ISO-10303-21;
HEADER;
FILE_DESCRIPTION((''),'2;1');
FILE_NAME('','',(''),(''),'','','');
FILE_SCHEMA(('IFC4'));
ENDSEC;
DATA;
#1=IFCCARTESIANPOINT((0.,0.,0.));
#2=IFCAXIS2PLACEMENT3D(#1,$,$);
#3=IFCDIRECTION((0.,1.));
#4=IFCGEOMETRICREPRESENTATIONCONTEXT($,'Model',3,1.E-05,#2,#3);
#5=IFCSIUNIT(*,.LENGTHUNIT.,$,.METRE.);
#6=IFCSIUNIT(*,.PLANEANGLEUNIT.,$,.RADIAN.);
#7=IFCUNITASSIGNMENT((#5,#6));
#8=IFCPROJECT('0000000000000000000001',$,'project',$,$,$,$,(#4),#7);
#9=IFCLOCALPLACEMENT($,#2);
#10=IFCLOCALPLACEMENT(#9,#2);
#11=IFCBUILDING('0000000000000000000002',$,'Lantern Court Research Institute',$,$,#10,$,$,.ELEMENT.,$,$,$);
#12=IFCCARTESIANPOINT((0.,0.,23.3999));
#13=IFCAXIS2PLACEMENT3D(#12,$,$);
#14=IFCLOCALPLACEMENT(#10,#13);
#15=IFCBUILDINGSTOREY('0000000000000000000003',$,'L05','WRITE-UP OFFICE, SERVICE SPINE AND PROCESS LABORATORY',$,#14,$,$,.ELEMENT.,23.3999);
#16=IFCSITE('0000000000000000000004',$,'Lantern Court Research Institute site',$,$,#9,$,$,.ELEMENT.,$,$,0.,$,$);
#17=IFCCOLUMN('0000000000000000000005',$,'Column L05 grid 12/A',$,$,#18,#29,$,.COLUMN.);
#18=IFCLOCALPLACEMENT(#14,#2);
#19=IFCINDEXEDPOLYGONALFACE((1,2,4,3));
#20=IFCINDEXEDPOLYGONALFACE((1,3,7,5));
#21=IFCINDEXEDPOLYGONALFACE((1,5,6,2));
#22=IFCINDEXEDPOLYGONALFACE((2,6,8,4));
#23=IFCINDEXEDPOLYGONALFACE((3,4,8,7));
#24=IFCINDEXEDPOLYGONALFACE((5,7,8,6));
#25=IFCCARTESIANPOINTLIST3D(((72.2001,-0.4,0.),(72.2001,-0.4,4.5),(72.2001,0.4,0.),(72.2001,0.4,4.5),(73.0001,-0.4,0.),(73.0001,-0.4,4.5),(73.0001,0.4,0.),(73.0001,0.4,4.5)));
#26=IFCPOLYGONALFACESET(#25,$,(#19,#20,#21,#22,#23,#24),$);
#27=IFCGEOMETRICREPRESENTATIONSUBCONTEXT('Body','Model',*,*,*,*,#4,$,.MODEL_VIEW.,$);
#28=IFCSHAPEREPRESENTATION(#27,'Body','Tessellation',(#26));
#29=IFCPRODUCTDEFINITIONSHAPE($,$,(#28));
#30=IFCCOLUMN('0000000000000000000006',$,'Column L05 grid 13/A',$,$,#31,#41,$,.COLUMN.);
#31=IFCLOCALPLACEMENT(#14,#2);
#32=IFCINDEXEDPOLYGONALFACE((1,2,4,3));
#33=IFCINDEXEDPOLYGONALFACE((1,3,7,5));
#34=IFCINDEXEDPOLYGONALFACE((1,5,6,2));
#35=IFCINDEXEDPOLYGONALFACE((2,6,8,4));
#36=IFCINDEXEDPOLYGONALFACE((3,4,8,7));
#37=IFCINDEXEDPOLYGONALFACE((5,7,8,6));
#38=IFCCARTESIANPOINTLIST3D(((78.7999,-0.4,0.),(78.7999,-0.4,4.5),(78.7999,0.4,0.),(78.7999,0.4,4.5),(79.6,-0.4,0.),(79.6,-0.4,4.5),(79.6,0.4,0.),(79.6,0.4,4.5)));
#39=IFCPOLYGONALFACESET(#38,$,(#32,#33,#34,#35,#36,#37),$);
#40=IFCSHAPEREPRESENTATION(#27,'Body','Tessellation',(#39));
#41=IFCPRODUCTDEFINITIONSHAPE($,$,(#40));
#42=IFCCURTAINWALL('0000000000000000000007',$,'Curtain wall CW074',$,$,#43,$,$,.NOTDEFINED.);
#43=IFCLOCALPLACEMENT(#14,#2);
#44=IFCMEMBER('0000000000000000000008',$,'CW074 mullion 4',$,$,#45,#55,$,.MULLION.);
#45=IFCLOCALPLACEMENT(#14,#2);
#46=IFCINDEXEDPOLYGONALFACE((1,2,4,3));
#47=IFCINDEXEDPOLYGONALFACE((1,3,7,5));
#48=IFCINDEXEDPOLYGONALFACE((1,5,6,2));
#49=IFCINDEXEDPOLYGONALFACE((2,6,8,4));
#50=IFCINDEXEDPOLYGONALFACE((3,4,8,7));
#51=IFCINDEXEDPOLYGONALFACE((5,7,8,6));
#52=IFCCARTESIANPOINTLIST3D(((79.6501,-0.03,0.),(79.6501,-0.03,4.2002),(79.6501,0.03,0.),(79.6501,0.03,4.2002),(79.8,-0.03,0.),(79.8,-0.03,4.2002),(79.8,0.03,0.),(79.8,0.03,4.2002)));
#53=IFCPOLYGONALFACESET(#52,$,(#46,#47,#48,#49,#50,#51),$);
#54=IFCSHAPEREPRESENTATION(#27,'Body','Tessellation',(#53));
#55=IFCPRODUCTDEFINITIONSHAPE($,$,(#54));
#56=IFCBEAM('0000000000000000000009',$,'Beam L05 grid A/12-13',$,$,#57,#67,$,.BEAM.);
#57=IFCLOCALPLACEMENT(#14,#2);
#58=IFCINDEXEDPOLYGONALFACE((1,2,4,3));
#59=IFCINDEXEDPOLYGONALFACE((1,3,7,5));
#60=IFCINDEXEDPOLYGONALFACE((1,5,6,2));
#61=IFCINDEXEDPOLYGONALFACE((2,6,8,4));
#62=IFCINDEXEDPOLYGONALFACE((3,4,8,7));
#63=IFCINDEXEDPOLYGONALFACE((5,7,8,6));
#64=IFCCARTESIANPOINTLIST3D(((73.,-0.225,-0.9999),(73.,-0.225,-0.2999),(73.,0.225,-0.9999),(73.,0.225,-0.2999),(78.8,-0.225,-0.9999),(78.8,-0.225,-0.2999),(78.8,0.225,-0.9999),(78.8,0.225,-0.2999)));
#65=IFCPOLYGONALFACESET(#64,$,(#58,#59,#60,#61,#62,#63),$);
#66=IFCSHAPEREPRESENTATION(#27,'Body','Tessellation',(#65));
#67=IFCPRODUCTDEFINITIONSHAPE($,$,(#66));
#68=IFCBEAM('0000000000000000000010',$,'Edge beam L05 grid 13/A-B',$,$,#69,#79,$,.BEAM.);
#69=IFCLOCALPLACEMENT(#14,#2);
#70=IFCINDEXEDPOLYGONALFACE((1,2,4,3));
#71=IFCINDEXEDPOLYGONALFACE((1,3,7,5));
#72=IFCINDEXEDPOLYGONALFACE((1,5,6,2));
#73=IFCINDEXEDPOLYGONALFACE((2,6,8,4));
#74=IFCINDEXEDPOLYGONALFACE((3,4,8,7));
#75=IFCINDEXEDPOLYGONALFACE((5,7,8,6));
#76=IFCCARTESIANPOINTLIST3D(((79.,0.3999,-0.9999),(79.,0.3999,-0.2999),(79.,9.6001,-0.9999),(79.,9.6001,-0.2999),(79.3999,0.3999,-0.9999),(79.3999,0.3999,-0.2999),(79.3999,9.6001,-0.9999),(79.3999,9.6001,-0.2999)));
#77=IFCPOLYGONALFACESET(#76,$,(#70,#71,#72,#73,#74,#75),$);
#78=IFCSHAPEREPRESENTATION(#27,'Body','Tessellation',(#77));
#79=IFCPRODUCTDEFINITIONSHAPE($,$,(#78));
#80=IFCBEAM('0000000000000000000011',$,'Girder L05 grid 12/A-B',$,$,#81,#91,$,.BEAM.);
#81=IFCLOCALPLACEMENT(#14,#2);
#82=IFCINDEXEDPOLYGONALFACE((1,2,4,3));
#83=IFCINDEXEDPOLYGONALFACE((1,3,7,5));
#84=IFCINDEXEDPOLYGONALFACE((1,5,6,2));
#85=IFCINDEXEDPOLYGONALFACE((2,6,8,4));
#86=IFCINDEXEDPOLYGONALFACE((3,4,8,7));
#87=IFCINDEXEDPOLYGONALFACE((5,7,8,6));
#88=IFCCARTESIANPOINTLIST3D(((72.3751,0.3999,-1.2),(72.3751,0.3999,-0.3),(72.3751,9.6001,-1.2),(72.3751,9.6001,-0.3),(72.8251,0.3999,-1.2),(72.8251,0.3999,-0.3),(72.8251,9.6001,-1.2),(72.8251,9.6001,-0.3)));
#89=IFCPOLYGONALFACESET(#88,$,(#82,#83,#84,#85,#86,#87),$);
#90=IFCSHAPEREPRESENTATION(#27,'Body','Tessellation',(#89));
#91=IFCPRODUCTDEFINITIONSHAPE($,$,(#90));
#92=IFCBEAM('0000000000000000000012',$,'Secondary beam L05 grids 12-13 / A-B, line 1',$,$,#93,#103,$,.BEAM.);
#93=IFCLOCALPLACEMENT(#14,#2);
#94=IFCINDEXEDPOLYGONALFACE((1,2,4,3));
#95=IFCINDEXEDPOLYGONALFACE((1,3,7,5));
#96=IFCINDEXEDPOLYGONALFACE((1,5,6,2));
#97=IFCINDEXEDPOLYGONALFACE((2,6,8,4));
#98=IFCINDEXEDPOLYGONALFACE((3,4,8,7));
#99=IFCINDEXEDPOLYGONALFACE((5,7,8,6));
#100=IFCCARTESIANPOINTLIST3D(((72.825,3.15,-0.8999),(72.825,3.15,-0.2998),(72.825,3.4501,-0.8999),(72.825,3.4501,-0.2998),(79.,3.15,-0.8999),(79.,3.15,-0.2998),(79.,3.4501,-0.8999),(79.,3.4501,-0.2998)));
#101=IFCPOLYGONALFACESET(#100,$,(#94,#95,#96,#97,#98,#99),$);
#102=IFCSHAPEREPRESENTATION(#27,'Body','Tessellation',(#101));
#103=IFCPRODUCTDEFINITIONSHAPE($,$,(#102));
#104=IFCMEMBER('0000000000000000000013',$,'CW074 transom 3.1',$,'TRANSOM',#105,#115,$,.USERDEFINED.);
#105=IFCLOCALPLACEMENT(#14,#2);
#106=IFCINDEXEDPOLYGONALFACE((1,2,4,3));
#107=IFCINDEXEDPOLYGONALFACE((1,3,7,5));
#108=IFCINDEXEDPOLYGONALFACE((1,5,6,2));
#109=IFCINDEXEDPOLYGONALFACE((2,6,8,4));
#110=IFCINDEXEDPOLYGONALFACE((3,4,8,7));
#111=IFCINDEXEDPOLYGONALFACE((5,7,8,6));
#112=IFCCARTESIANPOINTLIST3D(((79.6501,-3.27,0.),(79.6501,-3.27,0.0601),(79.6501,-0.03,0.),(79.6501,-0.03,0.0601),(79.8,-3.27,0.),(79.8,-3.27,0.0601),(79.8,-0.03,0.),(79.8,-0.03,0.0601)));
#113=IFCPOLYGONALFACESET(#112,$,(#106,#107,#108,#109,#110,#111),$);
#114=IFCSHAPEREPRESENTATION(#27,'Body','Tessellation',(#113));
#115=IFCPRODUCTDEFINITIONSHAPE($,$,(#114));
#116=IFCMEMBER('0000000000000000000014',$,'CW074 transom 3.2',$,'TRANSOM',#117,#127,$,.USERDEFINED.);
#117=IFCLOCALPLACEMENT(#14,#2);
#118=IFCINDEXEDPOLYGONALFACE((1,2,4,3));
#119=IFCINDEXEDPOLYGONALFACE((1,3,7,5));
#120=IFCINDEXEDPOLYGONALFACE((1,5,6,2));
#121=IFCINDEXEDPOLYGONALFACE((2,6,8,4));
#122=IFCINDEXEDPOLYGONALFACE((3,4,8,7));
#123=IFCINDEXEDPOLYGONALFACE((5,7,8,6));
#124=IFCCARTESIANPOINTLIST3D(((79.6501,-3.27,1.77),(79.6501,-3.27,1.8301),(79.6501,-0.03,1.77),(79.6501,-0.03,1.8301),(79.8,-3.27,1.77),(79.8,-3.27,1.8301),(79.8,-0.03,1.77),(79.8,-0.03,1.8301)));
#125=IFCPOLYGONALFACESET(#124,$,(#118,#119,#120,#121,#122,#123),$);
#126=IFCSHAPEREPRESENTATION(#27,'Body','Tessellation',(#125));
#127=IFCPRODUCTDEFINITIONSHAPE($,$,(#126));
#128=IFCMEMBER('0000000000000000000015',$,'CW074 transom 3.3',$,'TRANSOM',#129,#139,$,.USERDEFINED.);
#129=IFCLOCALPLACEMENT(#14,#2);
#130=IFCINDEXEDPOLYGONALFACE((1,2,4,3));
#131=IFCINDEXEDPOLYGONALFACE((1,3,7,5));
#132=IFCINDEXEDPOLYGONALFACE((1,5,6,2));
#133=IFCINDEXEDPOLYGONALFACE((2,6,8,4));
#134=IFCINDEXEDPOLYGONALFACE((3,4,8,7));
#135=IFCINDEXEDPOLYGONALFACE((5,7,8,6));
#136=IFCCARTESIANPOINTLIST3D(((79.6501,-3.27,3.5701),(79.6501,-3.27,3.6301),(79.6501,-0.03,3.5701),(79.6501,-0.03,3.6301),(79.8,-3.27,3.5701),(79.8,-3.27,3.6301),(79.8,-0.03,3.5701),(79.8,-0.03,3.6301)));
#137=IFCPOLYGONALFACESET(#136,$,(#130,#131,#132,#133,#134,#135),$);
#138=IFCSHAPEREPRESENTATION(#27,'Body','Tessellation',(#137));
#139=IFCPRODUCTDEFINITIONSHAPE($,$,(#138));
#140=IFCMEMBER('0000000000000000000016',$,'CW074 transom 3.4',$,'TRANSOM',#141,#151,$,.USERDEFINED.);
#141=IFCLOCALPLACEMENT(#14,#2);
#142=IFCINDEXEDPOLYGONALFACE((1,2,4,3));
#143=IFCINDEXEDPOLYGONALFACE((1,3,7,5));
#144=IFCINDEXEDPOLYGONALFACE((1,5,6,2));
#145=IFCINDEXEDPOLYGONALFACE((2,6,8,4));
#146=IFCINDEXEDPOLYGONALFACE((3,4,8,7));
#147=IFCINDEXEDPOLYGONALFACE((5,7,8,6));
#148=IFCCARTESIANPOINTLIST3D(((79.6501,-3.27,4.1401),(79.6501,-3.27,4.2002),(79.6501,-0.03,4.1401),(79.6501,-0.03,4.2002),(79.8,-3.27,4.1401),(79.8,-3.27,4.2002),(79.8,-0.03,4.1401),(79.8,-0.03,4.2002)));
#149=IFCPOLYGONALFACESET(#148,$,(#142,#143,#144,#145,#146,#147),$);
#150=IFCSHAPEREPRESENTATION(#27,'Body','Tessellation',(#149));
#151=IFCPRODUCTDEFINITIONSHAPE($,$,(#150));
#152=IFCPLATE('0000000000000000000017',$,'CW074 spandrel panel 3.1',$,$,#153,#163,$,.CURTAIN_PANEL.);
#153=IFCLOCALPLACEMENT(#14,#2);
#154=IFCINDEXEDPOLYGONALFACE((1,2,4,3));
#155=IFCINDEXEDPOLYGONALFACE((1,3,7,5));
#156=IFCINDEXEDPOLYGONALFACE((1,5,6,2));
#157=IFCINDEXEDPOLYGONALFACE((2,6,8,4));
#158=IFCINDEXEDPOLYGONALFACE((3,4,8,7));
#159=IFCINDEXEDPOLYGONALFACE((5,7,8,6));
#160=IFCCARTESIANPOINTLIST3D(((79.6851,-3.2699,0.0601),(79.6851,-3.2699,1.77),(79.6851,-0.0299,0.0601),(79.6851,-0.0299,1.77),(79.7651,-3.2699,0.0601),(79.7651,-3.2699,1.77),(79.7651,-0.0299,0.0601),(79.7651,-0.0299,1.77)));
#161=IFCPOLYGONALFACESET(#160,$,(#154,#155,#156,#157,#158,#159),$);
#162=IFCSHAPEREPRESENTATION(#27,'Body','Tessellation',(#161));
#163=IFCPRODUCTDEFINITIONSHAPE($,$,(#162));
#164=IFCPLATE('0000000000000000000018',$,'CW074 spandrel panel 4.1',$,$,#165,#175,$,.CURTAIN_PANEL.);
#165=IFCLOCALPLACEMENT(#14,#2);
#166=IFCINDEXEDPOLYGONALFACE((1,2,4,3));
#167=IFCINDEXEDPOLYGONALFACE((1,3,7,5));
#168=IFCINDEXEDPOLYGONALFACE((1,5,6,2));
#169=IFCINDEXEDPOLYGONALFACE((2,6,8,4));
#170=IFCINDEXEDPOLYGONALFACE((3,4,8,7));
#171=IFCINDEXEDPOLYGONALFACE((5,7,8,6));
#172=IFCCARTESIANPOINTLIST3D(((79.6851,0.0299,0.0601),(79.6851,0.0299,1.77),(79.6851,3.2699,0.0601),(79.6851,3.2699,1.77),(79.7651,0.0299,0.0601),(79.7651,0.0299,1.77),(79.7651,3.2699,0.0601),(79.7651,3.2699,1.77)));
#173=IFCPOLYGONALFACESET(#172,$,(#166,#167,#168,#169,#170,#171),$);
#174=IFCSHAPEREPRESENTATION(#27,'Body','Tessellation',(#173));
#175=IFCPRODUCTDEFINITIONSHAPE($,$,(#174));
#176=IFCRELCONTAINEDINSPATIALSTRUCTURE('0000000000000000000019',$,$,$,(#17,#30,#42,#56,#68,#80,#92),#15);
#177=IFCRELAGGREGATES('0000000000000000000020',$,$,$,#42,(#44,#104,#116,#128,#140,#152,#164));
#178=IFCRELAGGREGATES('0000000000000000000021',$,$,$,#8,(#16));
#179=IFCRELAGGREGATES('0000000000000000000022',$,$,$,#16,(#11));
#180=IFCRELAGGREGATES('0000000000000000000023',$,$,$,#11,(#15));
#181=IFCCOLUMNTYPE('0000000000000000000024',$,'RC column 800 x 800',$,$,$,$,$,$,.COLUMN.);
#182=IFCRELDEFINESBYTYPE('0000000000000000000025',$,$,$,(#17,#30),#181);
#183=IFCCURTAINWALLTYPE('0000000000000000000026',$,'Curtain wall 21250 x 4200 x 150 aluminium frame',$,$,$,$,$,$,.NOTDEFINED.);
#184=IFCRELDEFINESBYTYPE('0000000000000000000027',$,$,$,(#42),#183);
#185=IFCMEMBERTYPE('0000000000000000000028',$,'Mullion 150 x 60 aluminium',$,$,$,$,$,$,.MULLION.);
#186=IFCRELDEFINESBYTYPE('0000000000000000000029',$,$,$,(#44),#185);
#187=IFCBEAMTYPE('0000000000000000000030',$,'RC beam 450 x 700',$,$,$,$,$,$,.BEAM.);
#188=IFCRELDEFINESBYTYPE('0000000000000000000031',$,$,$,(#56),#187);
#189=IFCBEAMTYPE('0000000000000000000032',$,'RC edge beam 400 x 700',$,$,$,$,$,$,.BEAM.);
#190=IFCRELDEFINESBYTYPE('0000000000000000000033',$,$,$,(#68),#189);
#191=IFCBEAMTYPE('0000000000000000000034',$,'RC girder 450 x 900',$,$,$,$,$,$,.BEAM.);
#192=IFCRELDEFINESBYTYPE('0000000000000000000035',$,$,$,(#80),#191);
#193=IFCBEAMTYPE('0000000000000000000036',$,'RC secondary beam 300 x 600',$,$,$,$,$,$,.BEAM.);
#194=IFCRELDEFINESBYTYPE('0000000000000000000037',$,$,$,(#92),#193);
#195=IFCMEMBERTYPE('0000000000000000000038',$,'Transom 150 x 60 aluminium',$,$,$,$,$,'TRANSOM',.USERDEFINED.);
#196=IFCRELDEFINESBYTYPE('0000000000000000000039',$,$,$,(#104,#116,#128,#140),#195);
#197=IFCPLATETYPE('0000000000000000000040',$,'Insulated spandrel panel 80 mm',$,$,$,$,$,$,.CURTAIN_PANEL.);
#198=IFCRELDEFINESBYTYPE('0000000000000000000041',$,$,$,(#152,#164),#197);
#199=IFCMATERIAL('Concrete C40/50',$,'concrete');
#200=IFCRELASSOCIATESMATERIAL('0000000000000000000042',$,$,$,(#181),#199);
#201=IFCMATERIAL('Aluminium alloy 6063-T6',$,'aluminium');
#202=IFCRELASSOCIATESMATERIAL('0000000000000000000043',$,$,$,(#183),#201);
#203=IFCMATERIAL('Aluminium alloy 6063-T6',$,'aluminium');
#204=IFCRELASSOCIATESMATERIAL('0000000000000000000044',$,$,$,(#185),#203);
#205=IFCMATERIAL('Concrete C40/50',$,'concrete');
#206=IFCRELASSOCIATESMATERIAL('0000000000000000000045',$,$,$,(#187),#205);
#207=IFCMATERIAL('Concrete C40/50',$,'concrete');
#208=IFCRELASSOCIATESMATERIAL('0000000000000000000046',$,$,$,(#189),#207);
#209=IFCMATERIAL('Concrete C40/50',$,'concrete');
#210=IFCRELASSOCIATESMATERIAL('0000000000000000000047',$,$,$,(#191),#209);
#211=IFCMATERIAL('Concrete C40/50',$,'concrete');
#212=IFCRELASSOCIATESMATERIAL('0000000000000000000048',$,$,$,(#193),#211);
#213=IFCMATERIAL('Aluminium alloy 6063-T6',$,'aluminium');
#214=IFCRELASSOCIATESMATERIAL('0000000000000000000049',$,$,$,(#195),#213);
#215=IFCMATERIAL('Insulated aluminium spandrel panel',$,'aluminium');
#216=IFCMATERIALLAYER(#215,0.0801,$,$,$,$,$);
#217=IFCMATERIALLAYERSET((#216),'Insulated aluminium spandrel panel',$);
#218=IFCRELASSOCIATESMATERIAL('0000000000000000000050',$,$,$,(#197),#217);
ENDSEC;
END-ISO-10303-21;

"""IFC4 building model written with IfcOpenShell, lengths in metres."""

from ifc_helpers import new_model, si_unit, direction, frame, origin, origin_2d, place, context, subcontext, project, spatial, rectangle, extrude, material, layer, layer_set, material_profile, profile_set, type_object, element, aggregate, save


model = new_model("IFC4")

# Units and contexts
model_context = context("Model", 3, precision=1e-05, world=origin(), true_north=direction((0.0, 1.0)))
body_context = subcontext(model_context, "Body", "Model", "MODEL_VIEW")
ifc_project = project(units=[si_unit("LENGTHUNIT", "METRE"), si_unit("PLANEANGLEUNIT", "RADIAN")], contexts=[model_context])

# Site, building, storey
site_placement = place(None, origin())
site = spatial("IfcSite", under=ifc_project, at=site_placement, Name="Lantern Court Research Institute site", CompositionType="ELEMENT", RefElevation=0.0)
building_placement = place(site_placement, origin())
building = spatial("IfcBuilding", under=site, at=building_placement, Name="Lantern Court Research Institute", CompositionType="ELEMENT")
storey_placement = place(building_placement, frame((0.0, 0.0, 23.3999)))
storey = spatial("IfcBuildingStorey", under=building, at=storey_placement, Name="L05", Description="WRITE-UP OFFICE, SERVICE SPINE AND PROCESS LABORATORY", CompositionType="ELEMENT", Elevation=23.3999)

# Columns
ifc_material_1 = material(Name="Concrete C40/50", Category="concrete")
ifc_material_profile_1 = material_profile(ifc_material_1, rectangle(XDim=0.8, YDim=0.8, at=origin_2d()), Name="RC column 800 x 800")
ifc_profile_set_1 = profile_set([ifc_material_profile_1], Name="Concrete C40/50")
column_type = type_object("IfcColumnType", Name="RC column 800 x 800", PredefinedType="COLUMN", material=ifc_profile_set_1)
for number, where, z_axis, x_axis, name in (
    (1, (72.6001, 0.0, 0.0), (0.0, 0.0, 1.0), (1.0, 0.0, 0.0), "Column L05 grid 12/A"),
    (2, (79.2, 0.0, 0.0), (0.0, 0.0, 1.0), (1.0, 0.0, 0.0), "Column L05 grid 13/A"),
):
    element("IfcColumn", number, at=place(storey_placement, frame(where, z_axis=z_axis, x_axis=x_axis)), inside=storey, type_object=column_type, Name=name, PredefinedType="COLUMN", context=body_context, shape_type="SweptSolid", body=[
        extrude(rectangle(XDim=0.8, YDim=0.8, at=origin_2d()), origin(), (0.0, 0.0, 1.0), 4.5),
    ])

# Curtain wall, member
ifc_material_2 = material(Name="Aluminium alloy 6063-T6", Category="aluminium")
curtain_wall_type = type_object("IfcCurtainWallType", Name="Curtain wall 21250 x 4200 x 150 aluminium frame", PredefinedType="NOTDEFINED", material=ifc_material_2)
curtain_wall_placement = place(storey_placement, origin())
curtain_wall = element("IfcCurtainWall", 3, at=curtain_wall_placement, inside=storey, type_object=curtain_wall_type, Name="Curtain wall CW074", PredefinedType="NOTDEFINED")
ifc_material_3 = material(Name="Aluminium alloy 6063-T6", Category="aluminium")
ifc_material_profile_2 = material_profile(ifc_material_3, rectangle(XDim=0.1499, YDim=0.0601, at=origin_2d()), Name="Mullion 150 x 60")
ifc_profile_set_2 = profile_set([ifc_material_profile_2], Name="Aluminium alloy 6063-T6")
member_type_1 = type_object("IfcMemberType", Name="Mullion 150 x 60 aluminium", PredefinedType="MULLION", material=ifc_profile_set_2)
member_1_placement = place(storey_placement, frame((79.7251, 0.0, 0.0), z_axis=(0.0, 0.0, 1.0), x_axis=(1.0, 0.0, 0.0)))
member_1 = element("IfcMember", 4, at=member_1_placement, type_object=member_type_1, Name="CW074 mullion 4", PredefinedType="MULLION", context=body_context, shape_type="SweptSolid", body=[
    extrude(rectangle(XDim=0.1499, YDim=0.0601, at=origin_2d()), origin(), (0.0, 0.0, 1.0), 4.2002),
])

# Beams
ifc_material_4 = material(Name="Concrete C40/50", Category="concrete")
ifc_material_profile_3 = material_profile(ifc_material_4, rectangle(XDim=0.45, YDim=0.7, at=origin_2d()), Name="RC beam 450 x 700")
ifc_profile_set_3 = profile_set([ifc_material_profile_3], Name="Concrete C40/50")
beam_type_1 = type_object("IfcBeamType", Name="RC beam 450 x 700", PredefinedType="BEAM", material=ifc_profile_set_3)
beam_1_placement = place(storey_placement, frame((73.0, 0.0, -0.6499), z_axis=(1.0, 0.0, 0.0), x_axis=(0.0, 1.0, 0.0)))
element("IfcBeam", 5, at=beam_1_placement, inside=storey, type_object=beam_type_1, Name="Beam L05 grid A/12-13", PredefinedType="BEAM", context=body_context, shape_type="SweptSolid", body=[
    extrude(rectangle(XDim=0.45, YDim=0.7, at=origin_2d()), origin(), (0.0, 0.0, 1.0), 5.8),
])
ifc_material_5 = material(Name="Concrete C40/50", Category="concrete")
ifc_material_profile_4 = material_profile(ifc_material_5, rectangle(XDim=0.3999, YDim=0.7, at=origin_2d()), Name="RC beam 400 x 700")
ifc_profile_set_4 = profile_set([ifc_material_profile_4], Name="Concrete C40/50")
beam_type_2 = type_object("IfcBeamType", Name="RC edge beam 400 x 700", PredefinedType="BEAM", material=ifc_profile_set_4)
beam_2_placement = place(storey_placement, frame((79.2, 0.3999, -0.6499), z_axis=(0.0, 1.0, 0.0), x_axis=(-1.0, 0.0, 0.0)))
element("IfcBeam", 6, at=beam_2_placement, inside=storey, type_object=beam_type_2, Name="Edge beam L05 grid 13/A-B", PredefinedType="BEAM", context=body_context, shape_type="SweptSolid", body=[
    extrude(rectangle(XDim=0.3999, YDim=0.7, at=origin_2d()), origin(), (0.0, 0.0, 1.0), 9.2002),
])
ifc_material_6 = material(Name="Concrete C40/50", Category="concrete")
ifc_material_profile_5 = material_profile(ifc_material_6, rectangle(XDim=0.45, YDim=0.8999, at=origin_2d()), Name="RC beam 450 x 900")
ifc_profile_set_5 = profile_set([ifc_material_profile_5], Name="Concrete C40/50")
beam_type_3 = type_object("IfcBeamType", Name="RC girder 450 x 900", PredefinedType="BEAM", material=ifc_profile_set_5)
beam_3_placement = place(storey_placement, frame((72.6001, 0.3999, -0.75), z_axis=(0.0, 1.0, 0.0), x_axis=(-1.0, 0.0, 0.0)))
element("IfcBeam", 7, at=beam_3_placement, inside=storey, type_object=beam_type_3, Name="Girder L05 grid 12/A-B", PredefinedType="BEAM", context=body_context, shape_type="SweptSolid", body=[
    extrude(rectangle(XDim=0.45, YDim=0.8999, at=origin_2d()), origin(), (0.0, 0.0, 1.0), 9.2002),
])
ifc_material_7 = material(Name="Concrete C40/50", Category="concrete")
ifc_material_profile_6 = material_profile(ifc_material_7, rectangle(XDim=0.3, YDim=0.6001, at=origin_2d()), Name="RC beam 300 x 600")
ifc_profile_set_6 = profile_set([ifc_material_profile_6], Name="Concrete C40/50")
beam_type_4 = type_object("IfcBeamType", Name="RC secondary beam 300 x 600", PredefinedType="BEAM", material=ifc_profile_set_6)
beam_4_placement = place(storey_placement, frame((72.825, 3.3, -0.5999), z_axis=(1.0, 0.0, 0.0), x_axis=(0.0, 1.0, 0.0)))
element("IfcBeam", 8, at=beam_4_placement, inside=storey, type_object=beam_type_4, Name="Secondary beam L05 grids 12-13 / A-B, line 1", PredefinedType="BEAM", context=body_context, shape_type="SweptSolid", body=[
    extrude(rectangle(XDim=0.3, YDim=0.6001, at=origin_2d()), origin(), (0.0, 0.0, 1.0), 6.175),
])

# Members
ifc_material_8 = material(Name="Aluminium alloy 6063-T6", Category="aluminium")
ifc_material_profile_7 = material_profile(ifc_material_8, rectangle(XDim=0.1499, YDim=0.0601, at=origin_2d()), Name="Transom 150 x 60")
ifc_profile_set_7 = profile_set([ifc_material_profile_7], Name="Aluminium alloy 6063-T6")
member_type_2 = type_object("IfcMemberType", Name="Transom 150 x 60 aluminium", ElementType="TRANSOM", PredefinedType="USERDEFINED", material=ifc_profile_set_7)
member_2_placement = place(storey_placement, frame((79.7251, -0.03, 0.03), z_axis=(0.0, -1.0, 0.0), x_axis=(1.0, 0.0, 0.0)))
member_2 = element("IfcMember", 9, at=member_2_placement, type_object=member_type_2, Name="CW074 transom 3.1", ObjectType="TRANSOM", PredefinedType="USERDEFINED", context=body_context, shape_type="SweptSolid", body=[
    extrude(rectangle(XDim=0.1499, YDim=0.0601, at=origin_2d()), origin(), (0.0, 0.0, 1.0), 3.24),
])
member_3_placement = place(storey_placement, frame((79.7251, -0.03, 1.8), z_axis=(0.0, -1.0, 0.0), x_axis=(1.0, 0.0, 0.0)))
member_3 = element("IfcMember", 10, at=member_3_placement, type_object=member_type_2, Name="CW074 transom 3.2", ObjectType="TRANSOM", PredefinedType="USERDEFINED", context=body_context, shape_type="SweptSolid", body=[
    extrude(rectangle(XDim=0.1499, YDim=0.0601, at=origin_2d()), origin(), (0.0, 0.0, 1.0), 3.24),
])
member_4_placement = place(storey_placement, frame((79.7251, -0.03, 3.6001), z_axis=(0.0, -1.0, 0.0), x_axis=(1.0, 0.0, 0.0)))
member_4 = element("IfcMember", 11, at=member_4_placement, type_object=member_type_2, Name="CW074 transom 3.3", ObjectType="TRANSOM", PredefinedType="USERDEFINED", context=body_context, shape_type="SweptSolid", body=[
    extrude(rectangle(XDim=0.1499, YDim=0.0601, at=origin_2d()), origin(), (0.0, 0.0, 1.0), 3.24),
])
member_5_placement = place(storey_placement, frame((79.7251, -0.03, 4.1702), z_axis=(0.0, -1.0, 0.0), x_axis=(1.0, 0.0, 0.0)))
member_5 = element("IfcMember", 12, at=member_5_placement, type_object=member_type_2, Name="CW074 transom 3.4", ObjectType="TRANSOM", PredefinedType="USERDEFINED", context=body_context, shape_type="SweptSolid", body=[
    extrude(rectangle(XDim=0.1499, YDim=0.0601, at=origin_2d()), origin(), (0.0, 0.0, 1.0), 3.24),
])

# Plates
ifc_material_9 = material(Name="Insulated aluminium spandrel panel", Category="aluminium")
ifc_layer_1 = layer(ifc_material_9, 0.0801)
ifc_layer_set_1 = layer_set([ifc_layer_1], Name="Insulated aluminium spandrel panel")
plate_type_1 = type_object("IfcPlateType", Name="Insulated spandrel panel 80 mm", PredefinedType="CURTAIN_PANEL", material=ifc_layer_set_1)
plate_1_placement = place(storey_placement, frame((79.7251, -1.6499, 0.0601), z_axis=(0.0, 0.0, 1.0), x_axis=(0.0, -1.0, 0.0)))
plate_1 = element("IfcPlate", 13, at=plate_1_placement, type_object=plate_type_1, Name="CW074 spandrel panel 3.1", PredefinedType="CURTAIN_PANEL", context=body_context, shape_type="SweptSolid", body=[
    extrude(rectangle(XDim=3.24, YDim=0.0801, at=origin_2d()), origin(), (0.0, 0.0, 1.0), 1.71),
])
plate_2_placement = place(storey_placement, frame((79.7251, 1.6499, 0.0601), z_axis=(0.0, 0.0, 1.0), x_axis=(0.0, -1.0, 0.0)))
plate_2 = element("IfcPlate", 14, at=plate_2_placement, type_object=plate_type_1, Name="CW074 spandrel panel 4.1", PredefinedType="CURTAIN_PANEL", context=body_context, shape_type="SweptSolid", body=[
    extrude(rectangle(XDim=3.24, YDim=0.0801, at=origin_2d()), origin(), (0.0, 0.0, 1.0), 1.71),
])
aggregate(curtain_wall, [member_1, member_2, member_3, member_4, member_5, plate_1, plate_2])

save(model, "model.ifc")
